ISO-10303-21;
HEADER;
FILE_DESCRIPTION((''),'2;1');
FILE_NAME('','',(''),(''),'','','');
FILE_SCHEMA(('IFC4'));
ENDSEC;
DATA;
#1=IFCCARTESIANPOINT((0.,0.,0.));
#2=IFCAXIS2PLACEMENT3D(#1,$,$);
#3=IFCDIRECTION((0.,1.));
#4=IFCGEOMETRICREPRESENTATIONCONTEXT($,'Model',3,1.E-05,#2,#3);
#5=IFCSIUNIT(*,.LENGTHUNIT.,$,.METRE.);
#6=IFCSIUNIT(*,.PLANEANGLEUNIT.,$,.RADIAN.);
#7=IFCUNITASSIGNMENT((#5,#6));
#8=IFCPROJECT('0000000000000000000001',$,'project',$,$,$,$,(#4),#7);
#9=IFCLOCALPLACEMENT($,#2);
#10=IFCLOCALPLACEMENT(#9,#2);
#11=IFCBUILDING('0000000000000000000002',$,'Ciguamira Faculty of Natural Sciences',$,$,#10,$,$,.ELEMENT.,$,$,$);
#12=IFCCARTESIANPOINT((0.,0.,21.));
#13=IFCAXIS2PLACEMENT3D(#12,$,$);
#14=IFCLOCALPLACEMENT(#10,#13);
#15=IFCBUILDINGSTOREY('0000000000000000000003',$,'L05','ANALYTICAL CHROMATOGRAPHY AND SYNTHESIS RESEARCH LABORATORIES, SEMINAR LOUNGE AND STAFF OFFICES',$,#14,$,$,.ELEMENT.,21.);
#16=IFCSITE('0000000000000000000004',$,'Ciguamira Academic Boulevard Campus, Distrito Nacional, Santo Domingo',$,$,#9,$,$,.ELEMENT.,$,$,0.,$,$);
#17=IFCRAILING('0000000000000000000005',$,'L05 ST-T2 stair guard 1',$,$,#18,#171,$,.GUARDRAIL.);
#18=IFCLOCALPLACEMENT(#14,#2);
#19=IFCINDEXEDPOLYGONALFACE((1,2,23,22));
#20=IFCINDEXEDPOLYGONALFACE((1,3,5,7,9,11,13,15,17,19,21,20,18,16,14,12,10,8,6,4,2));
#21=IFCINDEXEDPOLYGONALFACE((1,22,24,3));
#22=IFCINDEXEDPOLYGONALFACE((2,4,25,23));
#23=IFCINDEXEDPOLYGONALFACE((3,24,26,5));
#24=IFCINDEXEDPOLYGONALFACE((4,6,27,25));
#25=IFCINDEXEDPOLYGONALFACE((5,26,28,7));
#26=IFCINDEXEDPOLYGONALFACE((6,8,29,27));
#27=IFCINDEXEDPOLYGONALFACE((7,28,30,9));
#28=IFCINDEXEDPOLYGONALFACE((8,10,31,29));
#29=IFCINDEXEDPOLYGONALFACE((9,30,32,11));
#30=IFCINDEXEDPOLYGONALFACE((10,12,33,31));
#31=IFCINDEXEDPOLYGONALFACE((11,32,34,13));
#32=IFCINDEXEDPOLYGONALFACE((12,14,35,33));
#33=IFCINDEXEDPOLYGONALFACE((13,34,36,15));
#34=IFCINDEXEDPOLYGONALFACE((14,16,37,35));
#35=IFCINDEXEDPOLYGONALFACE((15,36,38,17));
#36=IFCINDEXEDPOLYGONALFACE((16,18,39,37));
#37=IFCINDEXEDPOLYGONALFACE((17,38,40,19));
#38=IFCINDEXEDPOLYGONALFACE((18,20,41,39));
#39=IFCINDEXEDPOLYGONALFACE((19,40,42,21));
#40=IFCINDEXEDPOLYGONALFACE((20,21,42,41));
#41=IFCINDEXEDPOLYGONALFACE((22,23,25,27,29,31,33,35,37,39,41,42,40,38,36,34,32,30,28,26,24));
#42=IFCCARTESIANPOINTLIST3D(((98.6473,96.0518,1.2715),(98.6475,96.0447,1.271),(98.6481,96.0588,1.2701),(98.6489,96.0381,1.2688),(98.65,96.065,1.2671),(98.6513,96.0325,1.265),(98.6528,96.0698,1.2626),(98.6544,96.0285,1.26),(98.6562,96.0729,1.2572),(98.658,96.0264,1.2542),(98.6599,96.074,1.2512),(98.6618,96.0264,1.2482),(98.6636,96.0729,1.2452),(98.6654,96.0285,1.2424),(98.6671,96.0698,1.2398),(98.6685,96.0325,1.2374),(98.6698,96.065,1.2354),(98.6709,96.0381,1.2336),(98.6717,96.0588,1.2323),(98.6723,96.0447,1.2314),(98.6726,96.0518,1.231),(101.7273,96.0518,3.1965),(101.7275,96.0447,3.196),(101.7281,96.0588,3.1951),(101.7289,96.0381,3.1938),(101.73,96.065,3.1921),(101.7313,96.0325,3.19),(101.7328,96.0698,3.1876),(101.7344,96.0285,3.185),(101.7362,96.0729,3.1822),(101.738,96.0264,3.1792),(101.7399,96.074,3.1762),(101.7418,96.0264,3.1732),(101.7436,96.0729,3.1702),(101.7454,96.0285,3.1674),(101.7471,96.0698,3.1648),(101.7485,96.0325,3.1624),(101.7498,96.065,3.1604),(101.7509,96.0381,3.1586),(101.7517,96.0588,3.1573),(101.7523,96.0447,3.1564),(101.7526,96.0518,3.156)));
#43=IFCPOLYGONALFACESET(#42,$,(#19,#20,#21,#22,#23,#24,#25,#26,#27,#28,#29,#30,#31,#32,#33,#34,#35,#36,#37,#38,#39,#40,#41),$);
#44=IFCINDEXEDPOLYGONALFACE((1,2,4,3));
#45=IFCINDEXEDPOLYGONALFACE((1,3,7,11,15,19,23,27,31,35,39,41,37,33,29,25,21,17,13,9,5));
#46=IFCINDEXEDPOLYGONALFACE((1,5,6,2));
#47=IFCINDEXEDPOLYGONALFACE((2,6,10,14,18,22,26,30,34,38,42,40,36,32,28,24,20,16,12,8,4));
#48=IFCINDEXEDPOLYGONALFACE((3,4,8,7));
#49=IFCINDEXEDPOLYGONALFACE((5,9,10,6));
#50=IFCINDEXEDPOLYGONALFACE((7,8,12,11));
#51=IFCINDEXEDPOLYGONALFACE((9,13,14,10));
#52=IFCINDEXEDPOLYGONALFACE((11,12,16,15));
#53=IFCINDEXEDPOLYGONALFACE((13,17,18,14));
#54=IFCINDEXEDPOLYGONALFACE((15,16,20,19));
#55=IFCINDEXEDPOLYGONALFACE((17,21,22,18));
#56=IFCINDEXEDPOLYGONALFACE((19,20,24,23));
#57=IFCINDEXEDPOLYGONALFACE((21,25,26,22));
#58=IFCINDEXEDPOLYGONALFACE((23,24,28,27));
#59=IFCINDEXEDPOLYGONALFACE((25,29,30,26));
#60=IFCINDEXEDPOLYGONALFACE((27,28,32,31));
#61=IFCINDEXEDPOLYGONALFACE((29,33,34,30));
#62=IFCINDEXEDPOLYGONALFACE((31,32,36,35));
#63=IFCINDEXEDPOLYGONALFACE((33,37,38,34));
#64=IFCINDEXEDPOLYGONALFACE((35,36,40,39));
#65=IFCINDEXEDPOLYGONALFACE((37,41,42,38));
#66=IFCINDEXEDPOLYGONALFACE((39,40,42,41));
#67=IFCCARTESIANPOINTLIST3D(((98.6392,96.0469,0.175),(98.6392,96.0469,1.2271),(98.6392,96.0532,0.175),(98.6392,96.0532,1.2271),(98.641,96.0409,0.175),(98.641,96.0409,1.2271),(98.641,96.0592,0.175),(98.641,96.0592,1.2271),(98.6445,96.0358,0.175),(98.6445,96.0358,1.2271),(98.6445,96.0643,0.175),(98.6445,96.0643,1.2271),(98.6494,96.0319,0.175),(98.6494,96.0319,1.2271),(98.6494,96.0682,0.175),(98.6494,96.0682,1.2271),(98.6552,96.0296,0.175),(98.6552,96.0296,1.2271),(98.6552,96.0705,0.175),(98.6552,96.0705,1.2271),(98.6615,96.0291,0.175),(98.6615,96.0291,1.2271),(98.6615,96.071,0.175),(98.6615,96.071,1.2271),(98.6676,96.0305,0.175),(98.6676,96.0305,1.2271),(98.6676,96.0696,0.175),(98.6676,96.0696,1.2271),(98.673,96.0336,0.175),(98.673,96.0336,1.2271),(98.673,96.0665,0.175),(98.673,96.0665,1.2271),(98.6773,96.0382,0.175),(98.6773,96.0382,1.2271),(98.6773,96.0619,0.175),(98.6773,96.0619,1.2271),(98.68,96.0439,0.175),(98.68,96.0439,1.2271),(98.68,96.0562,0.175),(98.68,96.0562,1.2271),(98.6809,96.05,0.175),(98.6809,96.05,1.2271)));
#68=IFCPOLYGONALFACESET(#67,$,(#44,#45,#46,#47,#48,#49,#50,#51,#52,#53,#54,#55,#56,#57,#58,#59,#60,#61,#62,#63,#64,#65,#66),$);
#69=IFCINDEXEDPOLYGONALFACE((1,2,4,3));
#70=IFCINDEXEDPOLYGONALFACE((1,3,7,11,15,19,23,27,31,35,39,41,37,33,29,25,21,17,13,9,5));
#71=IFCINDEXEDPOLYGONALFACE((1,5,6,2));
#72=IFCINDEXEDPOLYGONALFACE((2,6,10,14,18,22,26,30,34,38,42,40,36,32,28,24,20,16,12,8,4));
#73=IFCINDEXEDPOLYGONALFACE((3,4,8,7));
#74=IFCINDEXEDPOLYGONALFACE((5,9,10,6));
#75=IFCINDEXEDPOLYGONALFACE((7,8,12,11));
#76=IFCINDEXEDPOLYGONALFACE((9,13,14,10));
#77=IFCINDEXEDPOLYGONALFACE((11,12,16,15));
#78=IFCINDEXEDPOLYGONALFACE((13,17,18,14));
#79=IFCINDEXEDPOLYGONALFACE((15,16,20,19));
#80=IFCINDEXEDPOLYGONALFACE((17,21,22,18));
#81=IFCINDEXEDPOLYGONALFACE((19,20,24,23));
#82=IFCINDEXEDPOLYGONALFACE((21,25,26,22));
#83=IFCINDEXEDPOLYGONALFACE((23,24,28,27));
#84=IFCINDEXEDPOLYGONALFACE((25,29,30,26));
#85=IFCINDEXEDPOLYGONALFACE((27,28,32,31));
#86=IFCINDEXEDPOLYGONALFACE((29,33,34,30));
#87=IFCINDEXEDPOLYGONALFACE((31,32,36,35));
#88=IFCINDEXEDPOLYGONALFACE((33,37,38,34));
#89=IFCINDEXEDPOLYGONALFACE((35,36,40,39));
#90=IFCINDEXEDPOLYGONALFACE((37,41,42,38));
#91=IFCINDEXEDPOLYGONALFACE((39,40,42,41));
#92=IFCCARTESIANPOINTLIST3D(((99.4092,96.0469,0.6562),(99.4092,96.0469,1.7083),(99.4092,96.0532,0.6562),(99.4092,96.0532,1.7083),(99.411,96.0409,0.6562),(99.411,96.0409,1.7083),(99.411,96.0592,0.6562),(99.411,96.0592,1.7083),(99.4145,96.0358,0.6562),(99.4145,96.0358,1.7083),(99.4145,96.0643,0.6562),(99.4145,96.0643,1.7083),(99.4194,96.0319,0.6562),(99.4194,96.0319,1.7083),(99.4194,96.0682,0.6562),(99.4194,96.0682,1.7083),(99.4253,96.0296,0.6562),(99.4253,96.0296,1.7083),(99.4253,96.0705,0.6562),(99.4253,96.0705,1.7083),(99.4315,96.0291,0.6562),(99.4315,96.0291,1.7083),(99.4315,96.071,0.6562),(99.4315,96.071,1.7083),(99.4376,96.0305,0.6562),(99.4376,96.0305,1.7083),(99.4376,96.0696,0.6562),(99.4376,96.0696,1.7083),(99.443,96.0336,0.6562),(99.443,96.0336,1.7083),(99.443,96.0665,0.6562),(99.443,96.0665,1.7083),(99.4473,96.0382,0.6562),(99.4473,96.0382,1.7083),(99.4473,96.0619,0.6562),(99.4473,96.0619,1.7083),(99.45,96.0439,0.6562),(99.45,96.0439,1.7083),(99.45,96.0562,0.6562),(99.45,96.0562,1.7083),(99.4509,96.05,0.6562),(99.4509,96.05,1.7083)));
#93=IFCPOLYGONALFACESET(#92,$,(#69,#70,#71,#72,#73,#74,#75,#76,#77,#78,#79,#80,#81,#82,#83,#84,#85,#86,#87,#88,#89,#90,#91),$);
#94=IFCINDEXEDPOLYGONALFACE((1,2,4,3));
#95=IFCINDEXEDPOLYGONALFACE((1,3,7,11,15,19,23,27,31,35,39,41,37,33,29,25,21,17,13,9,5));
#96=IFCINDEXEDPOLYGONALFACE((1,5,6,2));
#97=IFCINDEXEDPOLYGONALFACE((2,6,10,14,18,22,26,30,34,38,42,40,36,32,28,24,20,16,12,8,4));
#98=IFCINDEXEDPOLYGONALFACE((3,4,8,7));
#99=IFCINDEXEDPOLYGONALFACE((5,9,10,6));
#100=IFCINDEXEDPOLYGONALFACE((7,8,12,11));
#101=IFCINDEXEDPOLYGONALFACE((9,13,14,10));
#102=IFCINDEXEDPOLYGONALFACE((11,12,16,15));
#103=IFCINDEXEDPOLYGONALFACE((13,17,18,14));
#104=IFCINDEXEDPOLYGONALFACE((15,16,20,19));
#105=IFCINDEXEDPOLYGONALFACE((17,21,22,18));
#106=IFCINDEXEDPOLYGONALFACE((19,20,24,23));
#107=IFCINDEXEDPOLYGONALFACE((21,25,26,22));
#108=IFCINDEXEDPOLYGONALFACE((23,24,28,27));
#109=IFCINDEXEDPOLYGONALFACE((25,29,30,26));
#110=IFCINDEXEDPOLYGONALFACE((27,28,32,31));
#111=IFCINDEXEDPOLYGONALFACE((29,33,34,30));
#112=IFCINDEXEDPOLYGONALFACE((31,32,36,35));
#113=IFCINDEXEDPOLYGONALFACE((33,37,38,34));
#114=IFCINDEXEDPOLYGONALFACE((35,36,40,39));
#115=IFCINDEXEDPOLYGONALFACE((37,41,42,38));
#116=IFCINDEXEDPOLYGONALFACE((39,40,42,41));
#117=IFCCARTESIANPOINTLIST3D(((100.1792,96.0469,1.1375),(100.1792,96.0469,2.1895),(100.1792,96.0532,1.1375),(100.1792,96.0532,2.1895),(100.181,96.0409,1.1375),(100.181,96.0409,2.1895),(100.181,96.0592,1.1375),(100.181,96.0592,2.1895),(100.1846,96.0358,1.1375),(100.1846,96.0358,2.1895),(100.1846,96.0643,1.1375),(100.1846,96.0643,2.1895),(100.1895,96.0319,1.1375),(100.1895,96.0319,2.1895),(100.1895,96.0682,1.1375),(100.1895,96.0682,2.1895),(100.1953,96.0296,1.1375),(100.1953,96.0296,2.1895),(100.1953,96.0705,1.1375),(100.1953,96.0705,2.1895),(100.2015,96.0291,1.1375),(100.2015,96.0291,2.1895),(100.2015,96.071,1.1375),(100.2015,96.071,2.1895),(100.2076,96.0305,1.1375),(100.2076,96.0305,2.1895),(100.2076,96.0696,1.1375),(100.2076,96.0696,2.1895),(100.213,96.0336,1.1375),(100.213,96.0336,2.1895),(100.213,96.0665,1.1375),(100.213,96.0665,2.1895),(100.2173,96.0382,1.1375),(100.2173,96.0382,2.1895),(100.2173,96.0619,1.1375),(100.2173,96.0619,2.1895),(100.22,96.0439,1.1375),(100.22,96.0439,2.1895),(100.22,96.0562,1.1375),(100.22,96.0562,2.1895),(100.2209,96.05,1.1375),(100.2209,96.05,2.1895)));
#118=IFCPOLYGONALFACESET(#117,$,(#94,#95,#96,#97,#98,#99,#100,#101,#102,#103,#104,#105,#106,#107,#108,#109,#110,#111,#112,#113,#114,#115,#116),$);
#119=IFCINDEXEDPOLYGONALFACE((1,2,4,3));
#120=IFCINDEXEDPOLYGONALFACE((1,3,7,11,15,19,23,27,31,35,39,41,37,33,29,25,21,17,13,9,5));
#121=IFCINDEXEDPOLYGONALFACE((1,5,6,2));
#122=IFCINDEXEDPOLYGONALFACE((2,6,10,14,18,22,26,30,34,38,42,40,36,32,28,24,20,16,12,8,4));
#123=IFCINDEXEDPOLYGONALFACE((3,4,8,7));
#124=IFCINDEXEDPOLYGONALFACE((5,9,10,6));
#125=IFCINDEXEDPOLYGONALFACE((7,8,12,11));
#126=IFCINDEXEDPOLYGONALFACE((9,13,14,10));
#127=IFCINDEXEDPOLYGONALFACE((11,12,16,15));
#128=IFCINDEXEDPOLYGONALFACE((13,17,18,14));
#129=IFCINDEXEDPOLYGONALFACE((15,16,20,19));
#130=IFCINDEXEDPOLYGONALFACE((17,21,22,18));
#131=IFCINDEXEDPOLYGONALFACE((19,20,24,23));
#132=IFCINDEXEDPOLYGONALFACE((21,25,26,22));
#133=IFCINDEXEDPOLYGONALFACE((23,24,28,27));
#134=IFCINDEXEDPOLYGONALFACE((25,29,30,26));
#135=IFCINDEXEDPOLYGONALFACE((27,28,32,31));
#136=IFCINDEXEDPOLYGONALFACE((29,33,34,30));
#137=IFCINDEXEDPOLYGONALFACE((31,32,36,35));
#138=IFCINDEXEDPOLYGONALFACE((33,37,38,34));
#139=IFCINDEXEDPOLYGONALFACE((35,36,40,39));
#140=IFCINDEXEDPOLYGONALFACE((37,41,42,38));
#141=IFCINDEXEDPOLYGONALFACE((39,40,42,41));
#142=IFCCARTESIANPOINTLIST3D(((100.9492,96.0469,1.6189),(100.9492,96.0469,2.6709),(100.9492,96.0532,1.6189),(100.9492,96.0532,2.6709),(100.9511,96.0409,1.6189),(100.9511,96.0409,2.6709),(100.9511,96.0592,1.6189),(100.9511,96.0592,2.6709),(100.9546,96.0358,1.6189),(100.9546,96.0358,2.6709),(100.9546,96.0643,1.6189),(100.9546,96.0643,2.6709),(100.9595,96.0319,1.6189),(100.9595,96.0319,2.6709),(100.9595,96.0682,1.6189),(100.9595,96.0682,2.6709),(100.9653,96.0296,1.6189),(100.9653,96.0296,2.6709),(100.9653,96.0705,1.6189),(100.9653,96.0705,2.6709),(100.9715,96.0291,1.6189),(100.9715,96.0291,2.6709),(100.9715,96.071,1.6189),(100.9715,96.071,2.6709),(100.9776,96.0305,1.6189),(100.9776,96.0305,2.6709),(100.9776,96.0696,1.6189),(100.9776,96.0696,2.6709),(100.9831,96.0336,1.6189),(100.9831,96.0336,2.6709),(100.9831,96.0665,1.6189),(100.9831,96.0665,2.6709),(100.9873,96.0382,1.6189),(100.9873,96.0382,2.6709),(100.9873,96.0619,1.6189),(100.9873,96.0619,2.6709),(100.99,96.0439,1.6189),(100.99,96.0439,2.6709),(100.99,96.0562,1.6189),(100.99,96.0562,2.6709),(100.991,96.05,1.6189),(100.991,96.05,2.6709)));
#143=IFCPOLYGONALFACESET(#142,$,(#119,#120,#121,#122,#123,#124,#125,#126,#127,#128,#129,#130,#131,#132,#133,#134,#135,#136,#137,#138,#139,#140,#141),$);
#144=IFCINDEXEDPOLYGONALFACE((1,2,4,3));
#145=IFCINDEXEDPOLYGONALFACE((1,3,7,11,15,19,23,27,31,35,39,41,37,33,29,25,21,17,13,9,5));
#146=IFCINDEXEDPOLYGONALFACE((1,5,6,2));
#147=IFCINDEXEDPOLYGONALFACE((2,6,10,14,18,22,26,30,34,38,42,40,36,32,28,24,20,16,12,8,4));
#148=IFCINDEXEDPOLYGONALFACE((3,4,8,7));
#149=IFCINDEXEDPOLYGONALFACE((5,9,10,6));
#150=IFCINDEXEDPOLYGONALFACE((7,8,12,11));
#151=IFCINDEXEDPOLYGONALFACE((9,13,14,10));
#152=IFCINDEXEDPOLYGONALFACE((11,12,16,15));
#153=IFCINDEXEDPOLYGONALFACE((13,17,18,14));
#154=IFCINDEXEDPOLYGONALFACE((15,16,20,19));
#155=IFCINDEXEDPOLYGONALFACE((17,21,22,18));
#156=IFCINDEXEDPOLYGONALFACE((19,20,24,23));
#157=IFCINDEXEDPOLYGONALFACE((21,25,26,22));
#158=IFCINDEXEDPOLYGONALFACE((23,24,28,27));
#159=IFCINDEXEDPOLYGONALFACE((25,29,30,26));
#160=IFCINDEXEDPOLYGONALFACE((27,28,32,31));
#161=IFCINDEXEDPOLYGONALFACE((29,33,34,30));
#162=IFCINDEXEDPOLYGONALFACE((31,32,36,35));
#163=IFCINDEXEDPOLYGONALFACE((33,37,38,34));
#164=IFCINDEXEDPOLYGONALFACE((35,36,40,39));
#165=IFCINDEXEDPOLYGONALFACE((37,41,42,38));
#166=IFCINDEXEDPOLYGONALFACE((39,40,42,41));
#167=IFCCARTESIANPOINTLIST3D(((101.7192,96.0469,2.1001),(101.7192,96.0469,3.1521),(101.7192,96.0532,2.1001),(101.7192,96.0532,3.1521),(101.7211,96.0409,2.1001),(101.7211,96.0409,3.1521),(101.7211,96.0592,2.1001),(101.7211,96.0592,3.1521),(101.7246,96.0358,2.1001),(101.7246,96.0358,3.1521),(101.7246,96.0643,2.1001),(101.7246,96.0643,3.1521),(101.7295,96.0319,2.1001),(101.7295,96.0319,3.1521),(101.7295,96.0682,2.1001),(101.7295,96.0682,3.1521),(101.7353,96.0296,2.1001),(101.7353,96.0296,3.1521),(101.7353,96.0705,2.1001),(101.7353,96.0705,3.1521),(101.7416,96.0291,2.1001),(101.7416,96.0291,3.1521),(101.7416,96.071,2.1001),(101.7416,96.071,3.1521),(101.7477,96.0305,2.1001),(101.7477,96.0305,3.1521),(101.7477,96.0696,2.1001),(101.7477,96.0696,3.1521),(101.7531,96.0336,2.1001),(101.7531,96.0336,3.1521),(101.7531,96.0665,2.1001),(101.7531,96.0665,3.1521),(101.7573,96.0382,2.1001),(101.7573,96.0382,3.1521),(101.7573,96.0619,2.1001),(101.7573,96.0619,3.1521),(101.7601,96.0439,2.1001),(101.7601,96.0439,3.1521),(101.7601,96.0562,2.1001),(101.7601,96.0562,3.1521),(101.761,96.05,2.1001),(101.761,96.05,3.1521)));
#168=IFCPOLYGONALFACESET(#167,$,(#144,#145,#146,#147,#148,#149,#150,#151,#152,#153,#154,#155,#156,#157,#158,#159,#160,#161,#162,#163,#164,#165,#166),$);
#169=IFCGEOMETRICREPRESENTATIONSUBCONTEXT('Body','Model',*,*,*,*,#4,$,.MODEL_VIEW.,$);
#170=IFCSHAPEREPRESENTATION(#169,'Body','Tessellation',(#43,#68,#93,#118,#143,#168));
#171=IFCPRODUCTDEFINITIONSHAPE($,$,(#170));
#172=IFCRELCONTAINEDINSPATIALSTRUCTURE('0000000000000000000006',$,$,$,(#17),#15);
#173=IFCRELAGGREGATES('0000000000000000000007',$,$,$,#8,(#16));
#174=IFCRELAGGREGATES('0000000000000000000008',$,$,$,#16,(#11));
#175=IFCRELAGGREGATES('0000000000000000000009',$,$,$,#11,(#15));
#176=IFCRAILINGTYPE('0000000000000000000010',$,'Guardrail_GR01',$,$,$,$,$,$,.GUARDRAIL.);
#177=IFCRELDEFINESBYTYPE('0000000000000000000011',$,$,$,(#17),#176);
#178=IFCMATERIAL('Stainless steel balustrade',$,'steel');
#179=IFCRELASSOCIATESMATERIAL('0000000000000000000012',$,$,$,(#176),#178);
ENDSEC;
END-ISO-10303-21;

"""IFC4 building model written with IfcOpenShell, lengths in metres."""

from ifc_helpers import new_model, si_unit, direction, frame, origin, origin_2d, place, context, subcontext, project, spatial, circle, extrude, material, type_object, element, save


model = new_model("IFC4")

# Units and contexts
model_context = context("Model", 3, precision=1e-05, world=origin(), true_north=direction((0.0, 1.0)))
body_context = subcontext(model_context, "Body", "Model", "MODEL_VIEW")
ifc_project = project(units=[si_unit("LENGTHUNIT", "METRE"), si_unit("PLANEANGLEUNIT", "RADIAN")], contexts=[model_context])

# Site, building, storey
site_placement = place(None, origin())
site = spatial("IfcSite", under=ifc_project, at=site_placement, Name="Ciguamira Academic Boulevard Campus, Distrito Nacional, Santo Domingo", CompositionType="ELEMENT", RefElevation=0.0)
building_placement = place(site_placement, origin())
building = spatial("IfcBuilding", under=site, at=building_placement, Name="Ciguamira Faculty of Natural Sciences", CompositionType="ELEMENT")
storey_placement = place(building_placement, frame((0.0, 0.0, 21.0)))
storey = spatial("IfcBuildingStorey", under=building, at=storey_placement, Name="L05", Description="ANALYTICAL CHROMATOGRAPHY AND SYNTHESIS RESEARCH LABORATORIES, SEMINAR LOUNGE AND STAFF OFFICES", CompositionType="ELEMENT", Elevation=21.0)

# Railing
ifc_material_1 = material(Name="Stainless steel balustrade", Category="steel")
railing_type_1 = type_object("IfcRailingType", Name="Guardrail_GR01", PredefinedType="GUARDRAIL", material=ifc_material_1)
railing_1_placement = place(storey_placement, frame((98.6599, 96.05, 0.175)))
element("IfcRailing", 1, at=railing_1_placement, inside=storey, type_object=railing_type_1, Name="L05 ST-T2 stair guard 1", PredefinedType="GUARDRAIL", context=body_context, shape_type="SweptSolid", body=[
    extrude(circle(Radius=0.0239, at=origin_2d()), frame((0.0, 0.0, 1.0762), z_axis=(0.847998, 0.0, 0.529999), x_axis=(0.0, 1.0, 0.0)), (0.0, 0.0, 1.0), 3.6321),
    extrude(circle(Radius=0.021, at=origin_2d()), origin(), (0.0, 0.0, 1.0), 1.052),
    extrude(circle(Radius=0.021, at=origin_2d()), frame((0.77, 0.0, 0.4812)), (0.0, 0.0, 1.0), 1.052),
    extrude(circle(Radius=0.021, at=origin_2d()), frame((1.54, 0.0, 0.9624)), (0.0, 0.0, 1.0), 1.052),
    extrude(circle(Radius=0.021, at=origin_2d()), frame((2.3101, 0.0, 1.4438)), (0.0, 0.0, 1.0), 1.052),
    extrude(circle(Radius=0.021, at=origin_2d()), frame((3.0801, 0.0, 1.925)), (0.0, 0.0, 1.0), 1.052),
])

save(model, "model.ifc")
